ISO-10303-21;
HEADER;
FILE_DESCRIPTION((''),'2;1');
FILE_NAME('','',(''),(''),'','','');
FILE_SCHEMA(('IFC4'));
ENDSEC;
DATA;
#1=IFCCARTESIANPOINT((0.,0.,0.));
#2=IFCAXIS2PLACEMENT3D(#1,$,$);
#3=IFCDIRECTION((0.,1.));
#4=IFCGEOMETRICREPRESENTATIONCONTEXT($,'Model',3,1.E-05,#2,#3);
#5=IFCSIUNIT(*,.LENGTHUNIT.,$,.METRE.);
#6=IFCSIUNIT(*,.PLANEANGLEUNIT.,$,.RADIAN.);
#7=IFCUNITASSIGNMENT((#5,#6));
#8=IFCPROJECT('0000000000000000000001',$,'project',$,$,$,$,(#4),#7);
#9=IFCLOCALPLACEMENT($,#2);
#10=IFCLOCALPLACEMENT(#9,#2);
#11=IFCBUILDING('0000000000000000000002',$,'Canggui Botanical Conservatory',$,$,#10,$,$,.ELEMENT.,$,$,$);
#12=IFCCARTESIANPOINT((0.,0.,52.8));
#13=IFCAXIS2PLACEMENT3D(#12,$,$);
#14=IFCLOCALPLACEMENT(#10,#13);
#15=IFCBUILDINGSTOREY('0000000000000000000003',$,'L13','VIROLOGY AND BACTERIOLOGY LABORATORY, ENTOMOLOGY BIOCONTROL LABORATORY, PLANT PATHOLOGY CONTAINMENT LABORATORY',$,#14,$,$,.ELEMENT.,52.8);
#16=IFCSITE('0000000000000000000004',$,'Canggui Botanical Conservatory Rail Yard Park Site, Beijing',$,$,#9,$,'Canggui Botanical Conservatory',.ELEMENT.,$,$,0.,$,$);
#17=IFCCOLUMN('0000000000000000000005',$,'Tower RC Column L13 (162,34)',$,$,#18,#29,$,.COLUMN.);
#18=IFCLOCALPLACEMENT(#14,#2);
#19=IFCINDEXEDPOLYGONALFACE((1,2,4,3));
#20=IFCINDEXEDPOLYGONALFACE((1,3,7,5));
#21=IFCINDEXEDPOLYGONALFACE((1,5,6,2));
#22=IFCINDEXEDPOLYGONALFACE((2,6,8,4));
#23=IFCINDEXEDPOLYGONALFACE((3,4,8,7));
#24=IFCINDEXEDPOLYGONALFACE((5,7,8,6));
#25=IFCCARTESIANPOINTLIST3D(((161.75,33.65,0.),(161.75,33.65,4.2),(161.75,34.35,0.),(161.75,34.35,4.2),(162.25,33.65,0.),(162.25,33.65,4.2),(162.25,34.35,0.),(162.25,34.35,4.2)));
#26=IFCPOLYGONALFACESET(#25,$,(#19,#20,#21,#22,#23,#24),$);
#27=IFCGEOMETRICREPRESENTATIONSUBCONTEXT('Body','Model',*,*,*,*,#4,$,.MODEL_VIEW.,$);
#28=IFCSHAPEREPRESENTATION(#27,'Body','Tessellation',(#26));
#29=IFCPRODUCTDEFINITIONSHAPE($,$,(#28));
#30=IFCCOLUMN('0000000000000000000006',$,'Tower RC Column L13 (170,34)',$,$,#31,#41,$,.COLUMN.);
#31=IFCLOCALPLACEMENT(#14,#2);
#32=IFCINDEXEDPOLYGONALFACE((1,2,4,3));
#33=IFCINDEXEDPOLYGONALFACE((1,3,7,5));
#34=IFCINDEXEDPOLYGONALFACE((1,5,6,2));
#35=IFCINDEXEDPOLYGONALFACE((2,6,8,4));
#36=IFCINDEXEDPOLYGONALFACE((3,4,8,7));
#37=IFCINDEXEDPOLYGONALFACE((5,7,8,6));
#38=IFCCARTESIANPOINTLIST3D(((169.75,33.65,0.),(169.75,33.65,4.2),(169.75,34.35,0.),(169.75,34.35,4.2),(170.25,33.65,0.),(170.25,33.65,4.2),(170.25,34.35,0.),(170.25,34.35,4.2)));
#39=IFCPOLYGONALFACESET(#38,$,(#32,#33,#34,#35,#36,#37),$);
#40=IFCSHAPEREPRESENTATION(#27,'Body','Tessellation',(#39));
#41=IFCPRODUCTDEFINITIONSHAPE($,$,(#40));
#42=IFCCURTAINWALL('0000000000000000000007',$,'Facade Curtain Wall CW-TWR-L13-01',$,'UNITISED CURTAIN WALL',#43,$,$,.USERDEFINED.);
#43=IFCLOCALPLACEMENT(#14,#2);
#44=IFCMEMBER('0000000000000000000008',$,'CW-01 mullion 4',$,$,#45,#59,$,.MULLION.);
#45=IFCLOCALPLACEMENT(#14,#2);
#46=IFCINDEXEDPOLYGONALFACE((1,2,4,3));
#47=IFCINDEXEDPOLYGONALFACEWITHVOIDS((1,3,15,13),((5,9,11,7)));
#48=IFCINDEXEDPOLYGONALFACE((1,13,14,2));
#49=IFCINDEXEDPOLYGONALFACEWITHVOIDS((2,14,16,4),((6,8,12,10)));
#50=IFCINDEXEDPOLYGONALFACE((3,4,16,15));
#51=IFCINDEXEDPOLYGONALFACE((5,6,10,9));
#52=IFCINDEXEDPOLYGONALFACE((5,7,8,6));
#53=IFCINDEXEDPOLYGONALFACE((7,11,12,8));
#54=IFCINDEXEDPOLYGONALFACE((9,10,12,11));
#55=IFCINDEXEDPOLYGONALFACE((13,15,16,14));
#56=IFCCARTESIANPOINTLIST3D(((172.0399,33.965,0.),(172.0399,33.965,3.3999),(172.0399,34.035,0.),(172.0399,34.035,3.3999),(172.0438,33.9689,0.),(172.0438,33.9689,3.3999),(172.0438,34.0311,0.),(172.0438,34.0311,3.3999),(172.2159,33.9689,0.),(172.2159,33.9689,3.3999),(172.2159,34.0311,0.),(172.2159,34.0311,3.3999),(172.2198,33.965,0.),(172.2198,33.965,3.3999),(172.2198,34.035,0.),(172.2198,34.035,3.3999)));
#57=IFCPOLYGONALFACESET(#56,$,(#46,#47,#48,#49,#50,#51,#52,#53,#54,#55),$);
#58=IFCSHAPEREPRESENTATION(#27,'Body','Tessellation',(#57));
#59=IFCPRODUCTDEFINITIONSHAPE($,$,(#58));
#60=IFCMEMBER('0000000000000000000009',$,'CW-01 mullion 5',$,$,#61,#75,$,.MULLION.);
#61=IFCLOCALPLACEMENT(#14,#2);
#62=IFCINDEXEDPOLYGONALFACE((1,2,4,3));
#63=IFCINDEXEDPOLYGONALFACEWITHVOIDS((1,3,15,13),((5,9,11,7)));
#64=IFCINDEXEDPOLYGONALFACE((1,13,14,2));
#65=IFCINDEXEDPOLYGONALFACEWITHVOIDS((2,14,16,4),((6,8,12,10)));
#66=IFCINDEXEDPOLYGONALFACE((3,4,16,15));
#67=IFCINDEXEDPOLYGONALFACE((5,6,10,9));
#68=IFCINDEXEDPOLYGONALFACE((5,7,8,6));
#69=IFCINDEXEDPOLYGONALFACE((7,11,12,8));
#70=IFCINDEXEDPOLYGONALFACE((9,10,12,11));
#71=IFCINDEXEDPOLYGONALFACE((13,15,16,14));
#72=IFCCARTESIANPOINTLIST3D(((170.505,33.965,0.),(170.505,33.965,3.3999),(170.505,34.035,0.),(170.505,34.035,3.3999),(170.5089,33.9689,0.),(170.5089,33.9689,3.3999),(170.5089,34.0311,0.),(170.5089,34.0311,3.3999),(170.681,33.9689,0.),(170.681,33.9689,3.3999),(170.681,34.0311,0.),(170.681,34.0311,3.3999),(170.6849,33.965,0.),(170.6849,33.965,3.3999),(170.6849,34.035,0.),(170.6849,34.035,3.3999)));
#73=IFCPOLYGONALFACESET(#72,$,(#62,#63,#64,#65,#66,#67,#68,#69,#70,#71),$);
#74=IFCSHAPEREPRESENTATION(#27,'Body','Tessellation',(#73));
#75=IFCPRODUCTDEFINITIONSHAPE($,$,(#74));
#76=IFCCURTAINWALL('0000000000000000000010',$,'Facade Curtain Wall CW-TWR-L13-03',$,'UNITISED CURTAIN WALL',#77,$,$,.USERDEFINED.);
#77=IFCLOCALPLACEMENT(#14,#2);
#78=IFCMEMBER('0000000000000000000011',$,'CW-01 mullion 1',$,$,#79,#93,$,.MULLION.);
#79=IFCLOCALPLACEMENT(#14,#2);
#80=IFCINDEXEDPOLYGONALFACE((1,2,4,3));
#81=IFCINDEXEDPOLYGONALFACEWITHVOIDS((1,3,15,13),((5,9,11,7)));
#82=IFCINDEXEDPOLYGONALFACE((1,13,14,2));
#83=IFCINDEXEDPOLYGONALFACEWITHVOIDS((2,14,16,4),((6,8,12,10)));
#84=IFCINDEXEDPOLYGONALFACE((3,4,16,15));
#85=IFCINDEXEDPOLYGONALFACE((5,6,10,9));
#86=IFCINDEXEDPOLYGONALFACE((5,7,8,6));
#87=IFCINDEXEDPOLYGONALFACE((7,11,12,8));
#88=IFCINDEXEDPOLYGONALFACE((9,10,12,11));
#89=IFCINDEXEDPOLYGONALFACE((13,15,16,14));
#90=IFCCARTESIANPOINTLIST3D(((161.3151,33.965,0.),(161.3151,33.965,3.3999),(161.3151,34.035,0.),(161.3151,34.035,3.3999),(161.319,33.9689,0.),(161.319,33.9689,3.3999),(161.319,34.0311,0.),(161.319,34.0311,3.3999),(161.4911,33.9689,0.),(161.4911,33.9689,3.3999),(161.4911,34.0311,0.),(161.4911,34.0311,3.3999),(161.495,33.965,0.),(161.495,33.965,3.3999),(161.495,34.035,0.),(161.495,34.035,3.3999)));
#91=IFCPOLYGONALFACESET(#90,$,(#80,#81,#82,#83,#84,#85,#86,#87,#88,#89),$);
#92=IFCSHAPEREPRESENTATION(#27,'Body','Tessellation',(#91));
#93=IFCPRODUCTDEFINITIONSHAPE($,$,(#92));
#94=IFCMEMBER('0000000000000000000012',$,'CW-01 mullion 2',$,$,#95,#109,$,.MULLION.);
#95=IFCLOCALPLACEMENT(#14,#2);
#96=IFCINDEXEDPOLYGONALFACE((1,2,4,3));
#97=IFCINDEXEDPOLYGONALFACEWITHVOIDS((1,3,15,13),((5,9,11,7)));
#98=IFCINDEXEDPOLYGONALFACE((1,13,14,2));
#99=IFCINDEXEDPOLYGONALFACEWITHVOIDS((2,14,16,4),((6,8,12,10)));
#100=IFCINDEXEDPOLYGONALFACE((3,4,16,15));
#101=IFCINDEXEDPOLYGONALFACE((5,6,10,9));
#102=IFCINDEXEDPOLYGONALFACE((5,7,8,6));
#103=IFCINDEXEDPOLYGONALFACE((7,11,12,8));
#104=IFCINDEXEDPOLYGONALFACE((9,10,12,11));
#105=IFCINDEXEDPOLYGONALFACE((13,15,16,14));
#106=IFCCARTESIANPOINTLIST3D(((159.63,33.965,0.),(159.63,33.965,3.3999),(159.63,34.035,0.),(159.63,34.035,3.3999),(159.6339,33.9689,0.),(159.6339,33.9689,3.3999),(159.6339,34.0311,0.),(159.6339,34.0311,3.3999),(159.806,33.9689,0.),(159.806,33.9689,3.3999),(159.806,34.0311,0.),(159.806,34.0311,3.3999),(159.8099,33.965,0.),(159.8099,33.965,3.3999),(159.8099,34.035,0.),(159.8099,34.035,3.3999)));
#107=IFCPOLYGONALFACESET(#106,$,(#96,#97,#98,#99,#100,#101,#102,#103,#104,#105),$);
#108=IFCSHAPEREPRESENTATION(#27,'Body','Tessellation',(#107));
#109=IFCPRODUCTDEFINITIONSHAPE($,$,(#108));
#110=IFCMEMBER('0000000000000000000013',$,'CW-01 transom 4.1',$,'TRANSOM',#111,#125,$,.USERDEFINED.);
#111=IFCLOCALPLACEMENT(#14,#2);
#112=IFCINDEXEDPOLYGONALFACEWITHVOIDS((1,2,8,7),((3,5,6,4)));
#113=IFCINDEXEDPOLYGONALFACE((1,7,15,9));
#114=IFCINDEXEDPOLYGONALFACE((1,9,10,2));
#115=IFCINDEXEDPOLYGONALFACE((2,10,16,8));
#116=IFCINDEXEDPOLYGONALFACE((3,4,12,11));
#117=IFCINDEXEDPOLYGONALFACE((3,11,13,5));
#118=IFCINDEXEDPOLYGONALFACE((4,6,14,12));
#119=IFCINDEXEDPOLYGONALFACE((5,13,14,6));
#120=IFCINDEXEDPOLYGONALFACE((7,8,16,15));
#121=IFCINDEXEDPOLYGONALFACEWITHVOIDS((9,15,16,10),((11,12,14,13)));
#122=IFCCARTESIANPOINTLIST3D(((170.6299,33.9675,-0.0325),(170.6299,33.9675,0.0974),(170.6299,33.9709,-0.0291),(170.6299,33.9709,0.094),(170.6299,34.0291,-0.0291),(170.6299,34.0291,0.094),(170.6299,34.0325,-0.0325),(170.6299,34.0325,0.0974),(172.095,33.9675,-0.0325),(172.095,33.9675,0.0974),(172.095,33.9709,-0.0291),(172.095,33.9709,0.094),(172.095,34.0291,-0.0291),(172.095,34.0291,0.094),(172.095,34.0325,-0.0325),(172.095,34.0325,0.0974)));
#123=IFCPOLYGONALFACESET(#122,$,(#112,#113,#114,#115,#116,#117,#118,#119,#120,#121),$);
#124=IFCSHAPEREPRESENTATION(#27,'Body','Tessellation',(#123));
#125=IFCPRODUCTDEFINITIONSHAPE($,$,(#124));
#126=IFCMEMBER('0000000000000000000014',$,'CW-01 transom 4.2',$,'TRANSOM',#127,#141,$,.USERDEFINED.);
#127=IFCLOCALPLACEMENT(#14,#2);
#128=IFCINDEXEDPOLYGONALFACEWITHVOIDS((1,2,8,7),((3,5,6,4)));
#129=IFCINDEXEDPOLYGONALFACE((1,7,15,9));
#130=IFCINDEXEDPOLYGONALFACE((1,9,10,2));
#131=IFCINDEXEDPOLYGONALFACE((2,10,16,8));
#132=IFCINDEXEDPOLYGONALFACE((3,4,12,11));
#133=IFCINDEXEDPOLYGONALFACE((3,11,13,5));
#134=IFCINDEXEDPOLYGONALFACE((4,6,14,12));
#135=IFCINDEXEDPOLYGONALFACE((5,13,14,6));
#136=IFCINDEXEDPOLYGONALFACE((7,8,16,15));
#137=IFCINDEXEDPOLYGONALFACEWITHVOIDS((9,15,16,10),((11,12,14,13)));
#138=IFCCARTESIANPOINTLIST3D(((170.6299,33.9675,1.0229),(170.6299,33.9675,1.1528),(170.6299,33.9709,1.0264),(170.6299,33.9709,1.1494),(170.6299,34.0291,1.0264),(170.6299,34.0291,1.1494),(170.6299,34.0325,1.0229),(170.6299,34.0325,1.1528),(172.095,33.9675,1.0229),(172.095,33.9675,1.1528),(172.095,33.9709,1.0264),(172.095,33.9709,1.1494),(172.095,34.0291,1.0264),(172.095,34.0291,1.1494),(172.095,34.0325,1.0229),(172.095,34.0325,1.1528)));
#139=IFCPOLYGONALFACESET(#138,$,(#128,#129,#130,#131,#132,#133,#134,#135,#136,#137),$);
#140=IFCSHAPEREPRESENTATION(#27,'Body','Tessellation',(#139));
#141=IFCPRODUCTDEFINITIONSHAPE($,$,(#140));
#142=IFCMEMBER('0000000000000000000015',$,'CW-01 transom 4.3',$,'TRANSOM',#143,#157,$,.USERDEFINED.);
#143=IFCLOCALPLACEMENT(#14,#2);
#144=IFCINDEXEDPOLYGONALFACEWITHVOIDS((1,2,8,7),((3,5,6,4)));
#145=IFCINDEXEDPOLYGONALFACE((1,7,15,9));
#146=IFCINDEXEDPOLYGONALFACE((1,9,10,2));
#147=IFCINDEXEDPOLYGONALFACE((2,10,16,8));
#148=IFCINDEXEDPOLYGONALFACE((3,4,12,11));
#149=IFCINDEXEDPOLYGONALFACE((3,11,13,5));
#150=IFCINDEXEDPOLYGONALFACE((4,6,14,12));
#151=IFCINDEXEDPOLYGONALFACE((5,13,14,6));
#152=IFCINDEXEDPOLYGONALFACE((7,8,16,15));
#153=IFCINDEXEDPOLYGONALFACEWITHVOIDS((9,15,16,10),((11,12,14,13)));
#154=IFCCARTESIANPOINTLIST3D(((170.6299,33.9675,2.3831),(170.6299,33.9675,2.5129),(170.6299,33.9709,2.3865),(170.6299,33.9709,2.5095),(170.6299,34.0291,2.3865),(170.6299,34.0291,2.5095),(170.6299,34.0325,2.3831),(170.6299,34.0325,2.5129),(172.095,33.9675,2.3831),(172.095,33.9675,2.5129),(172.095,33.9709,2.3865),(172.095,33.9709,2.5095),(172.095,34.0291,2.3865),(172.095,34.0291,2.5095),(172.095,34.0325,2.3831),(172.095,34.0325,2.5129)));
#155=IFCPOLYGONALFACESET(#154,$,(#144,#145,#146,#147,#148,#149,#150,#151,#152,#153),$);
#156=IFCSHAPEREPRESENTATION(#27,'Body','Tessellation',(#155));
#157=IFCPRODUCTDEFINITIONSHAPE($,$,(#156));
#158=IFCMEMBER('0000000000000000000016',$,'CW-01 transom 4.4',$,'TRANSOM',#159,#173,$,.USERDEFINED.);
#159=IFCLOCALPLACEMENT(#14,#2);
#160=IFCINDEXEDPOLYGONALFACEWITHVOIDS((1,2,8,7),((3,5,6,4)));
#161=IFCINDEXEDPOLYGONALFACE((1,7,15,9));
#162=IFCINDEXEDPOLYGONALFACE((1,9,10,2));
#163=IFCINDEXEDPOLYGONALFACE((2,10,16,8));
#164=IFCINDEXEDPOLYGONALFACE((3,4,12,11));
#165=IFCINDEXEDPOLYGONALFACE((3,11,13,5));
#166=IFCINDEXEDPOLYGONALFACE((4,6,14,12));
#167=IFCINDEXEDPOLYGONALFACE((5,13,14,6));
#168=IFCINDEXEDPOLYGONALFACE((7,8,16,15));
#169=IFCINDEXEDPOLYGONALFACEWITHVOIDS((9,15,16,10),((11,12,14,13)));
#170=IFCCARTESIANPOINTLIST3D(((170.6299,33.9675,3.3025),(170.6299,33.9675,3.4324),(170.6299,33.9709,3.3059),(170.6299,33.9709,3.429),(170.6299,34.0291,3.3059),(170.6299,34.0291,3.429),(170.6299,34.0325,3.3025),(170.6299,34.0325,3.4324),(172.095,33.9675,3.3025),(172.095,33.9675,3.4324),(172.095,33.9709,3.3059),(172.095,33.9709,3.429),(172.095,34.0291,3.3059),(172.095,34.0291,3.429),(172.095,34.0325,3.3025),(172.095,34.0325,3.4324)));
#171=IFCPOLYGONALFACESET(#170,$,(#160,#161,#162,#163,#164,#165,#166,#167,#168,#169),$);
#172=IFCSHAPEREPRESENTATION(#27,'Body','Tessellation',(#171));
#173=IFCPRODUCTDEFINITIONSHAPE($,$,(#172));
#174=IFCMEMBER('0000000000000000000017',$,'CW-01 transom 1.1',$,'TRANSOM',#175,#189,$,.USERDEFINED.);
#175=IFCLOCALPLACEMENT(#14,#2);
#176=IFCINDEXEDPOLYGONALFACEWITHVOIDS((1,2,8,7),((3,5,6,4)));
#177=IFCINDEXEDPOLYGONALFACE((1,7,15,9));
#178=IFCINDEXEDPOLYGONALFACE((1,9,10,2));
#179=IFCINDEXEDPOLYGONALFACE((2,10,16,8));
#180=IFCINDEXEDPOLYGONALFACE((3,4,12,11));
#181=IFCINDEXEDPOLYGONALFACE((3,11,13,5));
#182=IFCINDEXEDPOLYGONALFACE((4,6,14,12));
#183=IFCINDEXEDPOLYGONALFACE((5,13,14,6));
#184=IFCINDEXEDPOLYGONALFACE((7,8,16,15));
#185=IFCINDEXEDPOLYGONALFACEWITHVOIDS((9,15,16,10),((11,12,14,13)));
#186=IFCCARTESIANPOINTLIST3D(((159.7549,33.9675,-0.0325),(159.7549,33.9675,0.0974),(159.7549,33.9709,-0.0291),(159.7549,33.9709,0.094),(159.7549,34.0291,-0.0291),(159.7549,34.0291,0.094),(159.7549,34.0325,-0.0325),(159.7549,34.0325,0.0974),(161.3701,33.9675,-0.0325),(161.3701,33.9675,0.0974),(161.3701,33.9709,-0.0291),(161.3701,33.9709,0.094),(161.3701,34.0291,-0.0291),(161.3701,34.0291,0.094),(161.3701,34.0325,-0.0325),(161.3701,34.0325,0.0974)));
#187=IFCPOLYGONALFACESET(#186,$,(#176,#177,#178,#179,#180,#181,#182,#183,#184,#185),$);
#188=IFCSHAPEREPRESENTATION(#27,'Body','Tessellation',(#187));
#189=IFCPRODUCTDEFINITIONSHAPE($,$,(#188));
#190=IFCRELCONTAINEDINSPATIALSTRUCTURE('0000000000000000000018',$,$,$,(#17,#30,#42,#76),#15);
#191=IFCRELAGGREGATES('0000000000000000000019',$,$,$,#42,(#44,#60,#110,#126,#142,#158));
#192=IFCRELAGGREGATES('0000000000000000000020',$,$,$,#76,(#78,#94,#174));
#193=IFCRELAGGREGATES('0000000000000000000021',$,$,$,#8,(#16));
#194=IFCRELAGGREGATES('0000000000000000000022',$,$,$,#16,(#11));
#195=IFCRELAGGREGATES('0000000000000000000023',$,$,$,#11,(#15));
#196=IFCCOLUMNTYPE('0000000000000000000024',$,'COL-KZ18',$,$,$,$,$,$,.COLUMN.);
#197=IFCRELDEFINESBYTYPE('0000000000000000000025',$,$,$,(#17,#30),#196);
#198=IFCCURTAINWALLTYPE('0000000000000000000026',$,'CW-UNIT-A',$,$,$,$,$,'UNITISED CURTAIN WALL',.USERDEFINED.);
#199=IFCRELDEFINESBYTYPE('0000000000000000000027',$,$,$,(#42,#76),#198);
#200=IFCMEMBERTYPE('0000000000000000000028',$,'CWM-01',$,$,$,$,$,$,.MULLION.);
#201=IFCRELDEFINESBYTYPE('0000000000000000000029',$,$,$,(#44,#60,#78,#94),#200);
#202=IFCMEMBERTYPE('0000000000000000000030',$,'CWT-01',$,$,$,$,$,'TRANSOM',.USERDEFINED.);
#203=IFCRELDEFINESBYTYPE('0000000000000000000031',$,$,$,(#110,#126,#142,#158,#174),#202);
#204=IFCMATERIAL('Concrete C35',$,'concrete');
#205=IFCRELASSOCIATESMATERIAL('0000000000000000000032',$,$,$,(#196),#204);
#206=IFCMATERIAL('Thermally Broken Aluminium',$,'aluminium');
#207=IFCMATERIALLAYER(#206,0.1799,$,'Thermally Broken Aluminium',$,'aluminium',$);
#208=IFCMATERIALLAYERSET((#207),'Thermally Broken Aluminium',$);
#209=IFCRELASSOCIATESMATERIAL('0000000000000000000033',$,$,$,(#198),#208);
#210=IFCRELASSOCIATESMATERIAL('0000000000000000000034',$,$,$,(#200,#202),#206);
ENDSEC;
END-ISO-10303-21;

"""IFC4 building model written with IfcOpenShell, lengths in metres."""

from ifc_helpers import new_model, si_unit, direction, frame, origin, origin_2d, place, context, subcontext, project, spatial, rectangle, hollow_rectangle, extrude, material, layer, layer_set, material_profile, profile_set, type_object, element, aggregate, save


model = new_model("IFC4")

# Units and contexts
model_context = context("Model", 3, precision=1e-05, world=origin(), true_north=direction((0.0, 1.0)))
body_context = subcontext(model_context, "Body", "Model", "MODEL_VIEW")
ifc_project = project(units=[si_unit("LENGTHUNIT", "METRE"), si_unit("PLANEANGLEUNIT", "RADIAN")], contexts=[model_context])

# Site, building, storey
site_placement = place(None, origin())
site = spatial("IfcSite", under=ifc_project, at=site_placement, Name="Canggui Botanical Conservatory Rail Yard Park Site, Beijing", LongName="Canggui Botanical Conservatory", CompositionType="ELEMENT", RefElevation=0.0)
building_placement = place(site_placement, origin())
building = spatial("IfcBuilding", under=site, at=building_placement, Name="Canggui Botanical Conservatory", CompositionType="ELEMENT")
storey_placement = place(building_placement, frame((0.0, 0.0, 52.8)))
storey = spatial("IfcBuildingStorey", under=building, at=storey_placement, Name="L13", Description="VIROLOGY AND BACTERIOLOGY LABORATORY, ENTOMOLOGY BIOCONTROL LABORATORY, PLANT PATHOLOGY CONTAINMENT LABORATORY", CompositionType="ELEMENT", Elevation=52.8)

# Columns
ifc_material_1 = material(Name="Concrete C35", Category="concrete")
ifc_material_profile_1 = material_profile(ifc_material_1, rectangle(XDim=0.5, YDim=0.7, at=origin_2d()), Name="RC 500x700")
ifc_profile_set_1 = profile_set([ifc_material_profile_1], Name="Concrete C35")
column_type = type_object("IfcColumnType", Name="COL-KZ18", PredefinedType="COLUMN", material=ifc_profile_set_1)
for number, where, z_axis, x_axis, name in (
    (1, (162.0, 34.0, 0.0), (0.0, 0.0, 1.0), (1.0, 0.0, 0.0), "Tower RC Column L13 (162,34)"),
    (2, (170.0, 34.0, 0.0), (0.0, 0.0, 1.0), (1.0, 0.0, 0.0), "Tower RC Column L13 (170,34)"),
):
    element("IfcColumn", number, at=place(storey_placement, frame(where, z_axis=z_axis, x_axis=x_axis)), inside=storey, type_object=column_type, Name=name, PredefinedType="COLUMN", context=body_context, shape_type="SweptSolid", body=[
        extrude(rectangle(XDim=0.5, YDim=0.7, at=origin_2d()), origin(), (0.0, 0.0, 1.0), 4.2),
    ])

# Curtain walls, members
ifc_material_2 = material(Name="Thermally Broken Aluminium", Category="aluminium")
ifc_layer_1 = layer(ifc_material_2, 0.1799, Name="Thermally Broken Aluminium", Category="aluminium")
ifc_layer_set_1 = layer_set([ifc_layer_1], Name="Thermally Broken Aluminium")
curtain_wall_type = type_object("IfcCurtainWallType", Name="CW-UNIT-A", ElementType="UNITISED CURTAIN WALL", PredefinedType="USERDEFINED", material=ifc_layer_set_1)
curtain_wall_1_placement = place(storey_placement, origin())
curtain_wall_1 = element("IfcCurtainWall", 3, at=curtain_wall_1_placement, inside=storey, type_object=curtain_wall_type, Name="Facade Curtain Wall CW-TWR-L13-01", ObjectType="UNITISED CURTAIN WALL", PredefinedType="USERDEFINED")
ifc_material_profile_2 = material_profile(ifc_material_2, hollow_rectangle(XDim=0.0701, YDim=0.1799, WallThickness=0.0039, at=origin_2d()), Name="CWM 70x180x4")
ifc_profile_set_2 = profile_set([ifc_material_profile_2], Name="Thermally Broken Aluminium")
member_type_1 = type_object("IfcMemberType", Name="CWM-01", PredefinedType="MULLION", material=ifc_profile_set_2)
member_1_placement = place(storey_placement, frame((172.1299, 34.0, 0.0), z_axis=(0.0, 0.0, 1.0), x_axis=(0.0, -1.0, 0.0)))
member_1 = element("IfcMember", 4, at=member_1_placement, type_object=member_type_1, Name="CW-01 mullion 4", PredefinedType="MULLION", context=body_context, shape_type="SweptSolid", body=[
    extrude(hollow_rectangle(XDim=0.0701, YDim=0.1799, WallThickness=0.0039, at=origin_2d()), origin(), (0.0, 0.0, 1.0), 3.3999),
])
member_2_placement = place(storey_placement, frame((170.595, 34.0, 0.0), z_axis=(0.0, 0.0, 1.0), x_axis=(0.0, -1.0, 0.0)))
member_2 = element("IfcMember", 5, at=member_2_placement, type_object=member_type_1, Name="CW-01 mullion 5", PredefinedType="MULLION", context=body_context, shape_type="SweptSolid", body=[
    extrude(hollow_rectangle(XDim=0.0701, YDim=0.1799, WallThickness=0.0039, at=origin_2d()), origin(), (0.0, 0.0, 1.0), 3.3999),
])
curtain_wall_2_placement = place(storey_placement, origin())
curtain_wall_2 = element("IfcCurtainWall", 6, at=curtain_wall_2_placement, inside=storey, type_object=curtain_wall_type, Name="Facade Curtain Wall CW-TWR-L13-03", ObjectType="UNITISED CURTAIN WALL", PredefinedType="USERDEFINED")
member_3_placement = place(storey_placement, frame((161.405, 34.0, 0.0), z_axis=(0.0, 0.0, 1.0), x_axis=(0.0, -1.0, 0.0)))
member_3 = element("IfcMember", 7, at=member_3_placement, type_object=member_type_1, Name="CW-01 mullion 1", PredefinedType="MULLION", context=body_context, shape_type="SweptSolid", body=[
    extrude(hollow_rectangle(XDim=0.0701, YDim=0.1799, WallThickness=0.0039, at=origin_2d()), origin(), (0.0, 0.0, 1.0), 3.3999),
])
member_4_placement = place(storey_placement, frame((159.72, 34.0, 0.0), z_axis=(0.0, 0.0, 1.0), x_axis=(0.0, -1.0, 0.0)))
member_4 = element("IfcMember", 8, at=member_4_placement, type_object=member_type_1, Name="CW-01 mullion 2", PredefinedType="MULLION", context=body_context, shape_type="SweptSolid", body=[
    extrude(hollow_rectangle(XDim=0.0701, YDim=0.1799, WallThickness=0.0039, at=origin_2d()), origin(), (0.0, 0.0, 1.0), 3.3999),
])

# Members
ifc_material_profile_3 = material_profile(ifc_material_2, hollow_rectangle(XDim=0.0649, YDim=0.1299, WallThickness=0.0034, at=origin_2d()), Name="CWT 65x130x3.5")
ifc_profile_set_3 = profile_set([ifc_material_profile_3], Name="Thermally Broken Aluminium")
member_type_2 = type_object("IfcMemberType", Name="CWT-01", ElementType="TRANSOM", PredefinedType="USERDEFINED", material=ifc_profile_set_3)
member_5_placement = place(storey_placement, frame((172.095, 34.0, 0.0325), z_axis=(-1.0, 0.0, 0.0), x_axis=(0.0, -1.0, 0.0)))
member_5 = element("IfcMember", 9, at=member_5_placement, type_object=member_type_2, Name="CW-01 transom 4.1", ObjectType="TRANSOM", PredefinedType="USERDEFINED", context=body_context, shape_type="SweptSolid", body=[
    extrude(hollow_rectangle(XDim=0.0649, YDim=0.1299, WallThickness=0.0034, at=origin_2d()), origin(), (0.0, 0.0, 1.0), 1.4651),
])
member_6_placement = place(storey_placement, frame((172.095, 34.0, 1.0879), z_axis=(-1.0, 0.0, 0.0), x_axis=(0.0, -1.0, 0.0)))
member_6 = element("IfcMember", 10, at=member_6_placement, type_object=member_type_2, Name="CW-01 transom 4.2", ObjectType="TRANSOM", PredefinedType="USERDEFINED", context=body_context, shape_type="SweptSolid", body=[
    extrude(hollow_rectangle(XDim=0.0649, YDim=0.1299, WallThickness=0.0034, at=origin_2d()), origin(), (0.0, 0.0, 1.0), 1.4651),
])
member_7_placement = place(storey_placement, frame((172.095, 34.0, 2.448), z_axis=(-1.0, 0.0, 0.0), x_axis=(0.0, -1.0, 0.0)))
member_7 = element("IfcMember", 11, at=member_7_placement, type_object=member_type_2, Name="CW-01 transom 4.3", ObjectType="TRANSOM", PredefinedType="USERDEFINED", context=body_context, shape_type="SweptSolid", body=[
    extrude(hollow_rectangle(XDim=0.0649, YDim=0.1299, WallThickness=0.0034, at=origin_2d()), origin(), (0.0, 0.0, 1.0), 1.4651),
])
member_8_placement = place(storey_placement, frame((172.095, 34.0, 3.3674), z_axis=(-1.0, 0.0, 0.0), x_axis=(0.0, -1.0, 0.0)))
member_8 = element("IfcMember", 12, at=member_8_placement, type_object=member_type_2, Name="CW-01 transom 4.4", ObjectType="TRANSOM", PredefinedType="USERDEFINED", context=body_context, shape_type="SweptSolid", body=[
    extrude(hollow_rectangle(XDim=0.0649, YDim=0.1299, WallThickness=0.0034, at=origin_2d()), origin(), (0.0, 0.0, 1.0), 1.4651),
])
member_9_placement = place(storey_placement, frame((161.3701, 34.0, 0.0325), z_axis=(-1.0, 0.0, 0.0), x_axis=(0.0, -1.0, 0.0)))
member_9 = element("IfcMember", 13, at=member_9_placement, type_object=member_type_2, Name="CW-01 transom 1.1", ObjectType="TRANSOM", PredefinedType="USERDEFINED", context=body_context, shape_type="SweptSolid", body=[
    extrude(hollow_rectangle(XDim=0.0649, YDim=0.1299, WallThickness=0.0034, at=origin_2d()), origin(), (0.0, 0.0, 1.0), 1.6152),
])

aggregate(curtain_wall_1, [member_1, member_2, member_5, member_6, member_7, member_8])
aggregate(curtain_wall_2, [member_3, member_4, member_9])

save(model, "model.ifc")
